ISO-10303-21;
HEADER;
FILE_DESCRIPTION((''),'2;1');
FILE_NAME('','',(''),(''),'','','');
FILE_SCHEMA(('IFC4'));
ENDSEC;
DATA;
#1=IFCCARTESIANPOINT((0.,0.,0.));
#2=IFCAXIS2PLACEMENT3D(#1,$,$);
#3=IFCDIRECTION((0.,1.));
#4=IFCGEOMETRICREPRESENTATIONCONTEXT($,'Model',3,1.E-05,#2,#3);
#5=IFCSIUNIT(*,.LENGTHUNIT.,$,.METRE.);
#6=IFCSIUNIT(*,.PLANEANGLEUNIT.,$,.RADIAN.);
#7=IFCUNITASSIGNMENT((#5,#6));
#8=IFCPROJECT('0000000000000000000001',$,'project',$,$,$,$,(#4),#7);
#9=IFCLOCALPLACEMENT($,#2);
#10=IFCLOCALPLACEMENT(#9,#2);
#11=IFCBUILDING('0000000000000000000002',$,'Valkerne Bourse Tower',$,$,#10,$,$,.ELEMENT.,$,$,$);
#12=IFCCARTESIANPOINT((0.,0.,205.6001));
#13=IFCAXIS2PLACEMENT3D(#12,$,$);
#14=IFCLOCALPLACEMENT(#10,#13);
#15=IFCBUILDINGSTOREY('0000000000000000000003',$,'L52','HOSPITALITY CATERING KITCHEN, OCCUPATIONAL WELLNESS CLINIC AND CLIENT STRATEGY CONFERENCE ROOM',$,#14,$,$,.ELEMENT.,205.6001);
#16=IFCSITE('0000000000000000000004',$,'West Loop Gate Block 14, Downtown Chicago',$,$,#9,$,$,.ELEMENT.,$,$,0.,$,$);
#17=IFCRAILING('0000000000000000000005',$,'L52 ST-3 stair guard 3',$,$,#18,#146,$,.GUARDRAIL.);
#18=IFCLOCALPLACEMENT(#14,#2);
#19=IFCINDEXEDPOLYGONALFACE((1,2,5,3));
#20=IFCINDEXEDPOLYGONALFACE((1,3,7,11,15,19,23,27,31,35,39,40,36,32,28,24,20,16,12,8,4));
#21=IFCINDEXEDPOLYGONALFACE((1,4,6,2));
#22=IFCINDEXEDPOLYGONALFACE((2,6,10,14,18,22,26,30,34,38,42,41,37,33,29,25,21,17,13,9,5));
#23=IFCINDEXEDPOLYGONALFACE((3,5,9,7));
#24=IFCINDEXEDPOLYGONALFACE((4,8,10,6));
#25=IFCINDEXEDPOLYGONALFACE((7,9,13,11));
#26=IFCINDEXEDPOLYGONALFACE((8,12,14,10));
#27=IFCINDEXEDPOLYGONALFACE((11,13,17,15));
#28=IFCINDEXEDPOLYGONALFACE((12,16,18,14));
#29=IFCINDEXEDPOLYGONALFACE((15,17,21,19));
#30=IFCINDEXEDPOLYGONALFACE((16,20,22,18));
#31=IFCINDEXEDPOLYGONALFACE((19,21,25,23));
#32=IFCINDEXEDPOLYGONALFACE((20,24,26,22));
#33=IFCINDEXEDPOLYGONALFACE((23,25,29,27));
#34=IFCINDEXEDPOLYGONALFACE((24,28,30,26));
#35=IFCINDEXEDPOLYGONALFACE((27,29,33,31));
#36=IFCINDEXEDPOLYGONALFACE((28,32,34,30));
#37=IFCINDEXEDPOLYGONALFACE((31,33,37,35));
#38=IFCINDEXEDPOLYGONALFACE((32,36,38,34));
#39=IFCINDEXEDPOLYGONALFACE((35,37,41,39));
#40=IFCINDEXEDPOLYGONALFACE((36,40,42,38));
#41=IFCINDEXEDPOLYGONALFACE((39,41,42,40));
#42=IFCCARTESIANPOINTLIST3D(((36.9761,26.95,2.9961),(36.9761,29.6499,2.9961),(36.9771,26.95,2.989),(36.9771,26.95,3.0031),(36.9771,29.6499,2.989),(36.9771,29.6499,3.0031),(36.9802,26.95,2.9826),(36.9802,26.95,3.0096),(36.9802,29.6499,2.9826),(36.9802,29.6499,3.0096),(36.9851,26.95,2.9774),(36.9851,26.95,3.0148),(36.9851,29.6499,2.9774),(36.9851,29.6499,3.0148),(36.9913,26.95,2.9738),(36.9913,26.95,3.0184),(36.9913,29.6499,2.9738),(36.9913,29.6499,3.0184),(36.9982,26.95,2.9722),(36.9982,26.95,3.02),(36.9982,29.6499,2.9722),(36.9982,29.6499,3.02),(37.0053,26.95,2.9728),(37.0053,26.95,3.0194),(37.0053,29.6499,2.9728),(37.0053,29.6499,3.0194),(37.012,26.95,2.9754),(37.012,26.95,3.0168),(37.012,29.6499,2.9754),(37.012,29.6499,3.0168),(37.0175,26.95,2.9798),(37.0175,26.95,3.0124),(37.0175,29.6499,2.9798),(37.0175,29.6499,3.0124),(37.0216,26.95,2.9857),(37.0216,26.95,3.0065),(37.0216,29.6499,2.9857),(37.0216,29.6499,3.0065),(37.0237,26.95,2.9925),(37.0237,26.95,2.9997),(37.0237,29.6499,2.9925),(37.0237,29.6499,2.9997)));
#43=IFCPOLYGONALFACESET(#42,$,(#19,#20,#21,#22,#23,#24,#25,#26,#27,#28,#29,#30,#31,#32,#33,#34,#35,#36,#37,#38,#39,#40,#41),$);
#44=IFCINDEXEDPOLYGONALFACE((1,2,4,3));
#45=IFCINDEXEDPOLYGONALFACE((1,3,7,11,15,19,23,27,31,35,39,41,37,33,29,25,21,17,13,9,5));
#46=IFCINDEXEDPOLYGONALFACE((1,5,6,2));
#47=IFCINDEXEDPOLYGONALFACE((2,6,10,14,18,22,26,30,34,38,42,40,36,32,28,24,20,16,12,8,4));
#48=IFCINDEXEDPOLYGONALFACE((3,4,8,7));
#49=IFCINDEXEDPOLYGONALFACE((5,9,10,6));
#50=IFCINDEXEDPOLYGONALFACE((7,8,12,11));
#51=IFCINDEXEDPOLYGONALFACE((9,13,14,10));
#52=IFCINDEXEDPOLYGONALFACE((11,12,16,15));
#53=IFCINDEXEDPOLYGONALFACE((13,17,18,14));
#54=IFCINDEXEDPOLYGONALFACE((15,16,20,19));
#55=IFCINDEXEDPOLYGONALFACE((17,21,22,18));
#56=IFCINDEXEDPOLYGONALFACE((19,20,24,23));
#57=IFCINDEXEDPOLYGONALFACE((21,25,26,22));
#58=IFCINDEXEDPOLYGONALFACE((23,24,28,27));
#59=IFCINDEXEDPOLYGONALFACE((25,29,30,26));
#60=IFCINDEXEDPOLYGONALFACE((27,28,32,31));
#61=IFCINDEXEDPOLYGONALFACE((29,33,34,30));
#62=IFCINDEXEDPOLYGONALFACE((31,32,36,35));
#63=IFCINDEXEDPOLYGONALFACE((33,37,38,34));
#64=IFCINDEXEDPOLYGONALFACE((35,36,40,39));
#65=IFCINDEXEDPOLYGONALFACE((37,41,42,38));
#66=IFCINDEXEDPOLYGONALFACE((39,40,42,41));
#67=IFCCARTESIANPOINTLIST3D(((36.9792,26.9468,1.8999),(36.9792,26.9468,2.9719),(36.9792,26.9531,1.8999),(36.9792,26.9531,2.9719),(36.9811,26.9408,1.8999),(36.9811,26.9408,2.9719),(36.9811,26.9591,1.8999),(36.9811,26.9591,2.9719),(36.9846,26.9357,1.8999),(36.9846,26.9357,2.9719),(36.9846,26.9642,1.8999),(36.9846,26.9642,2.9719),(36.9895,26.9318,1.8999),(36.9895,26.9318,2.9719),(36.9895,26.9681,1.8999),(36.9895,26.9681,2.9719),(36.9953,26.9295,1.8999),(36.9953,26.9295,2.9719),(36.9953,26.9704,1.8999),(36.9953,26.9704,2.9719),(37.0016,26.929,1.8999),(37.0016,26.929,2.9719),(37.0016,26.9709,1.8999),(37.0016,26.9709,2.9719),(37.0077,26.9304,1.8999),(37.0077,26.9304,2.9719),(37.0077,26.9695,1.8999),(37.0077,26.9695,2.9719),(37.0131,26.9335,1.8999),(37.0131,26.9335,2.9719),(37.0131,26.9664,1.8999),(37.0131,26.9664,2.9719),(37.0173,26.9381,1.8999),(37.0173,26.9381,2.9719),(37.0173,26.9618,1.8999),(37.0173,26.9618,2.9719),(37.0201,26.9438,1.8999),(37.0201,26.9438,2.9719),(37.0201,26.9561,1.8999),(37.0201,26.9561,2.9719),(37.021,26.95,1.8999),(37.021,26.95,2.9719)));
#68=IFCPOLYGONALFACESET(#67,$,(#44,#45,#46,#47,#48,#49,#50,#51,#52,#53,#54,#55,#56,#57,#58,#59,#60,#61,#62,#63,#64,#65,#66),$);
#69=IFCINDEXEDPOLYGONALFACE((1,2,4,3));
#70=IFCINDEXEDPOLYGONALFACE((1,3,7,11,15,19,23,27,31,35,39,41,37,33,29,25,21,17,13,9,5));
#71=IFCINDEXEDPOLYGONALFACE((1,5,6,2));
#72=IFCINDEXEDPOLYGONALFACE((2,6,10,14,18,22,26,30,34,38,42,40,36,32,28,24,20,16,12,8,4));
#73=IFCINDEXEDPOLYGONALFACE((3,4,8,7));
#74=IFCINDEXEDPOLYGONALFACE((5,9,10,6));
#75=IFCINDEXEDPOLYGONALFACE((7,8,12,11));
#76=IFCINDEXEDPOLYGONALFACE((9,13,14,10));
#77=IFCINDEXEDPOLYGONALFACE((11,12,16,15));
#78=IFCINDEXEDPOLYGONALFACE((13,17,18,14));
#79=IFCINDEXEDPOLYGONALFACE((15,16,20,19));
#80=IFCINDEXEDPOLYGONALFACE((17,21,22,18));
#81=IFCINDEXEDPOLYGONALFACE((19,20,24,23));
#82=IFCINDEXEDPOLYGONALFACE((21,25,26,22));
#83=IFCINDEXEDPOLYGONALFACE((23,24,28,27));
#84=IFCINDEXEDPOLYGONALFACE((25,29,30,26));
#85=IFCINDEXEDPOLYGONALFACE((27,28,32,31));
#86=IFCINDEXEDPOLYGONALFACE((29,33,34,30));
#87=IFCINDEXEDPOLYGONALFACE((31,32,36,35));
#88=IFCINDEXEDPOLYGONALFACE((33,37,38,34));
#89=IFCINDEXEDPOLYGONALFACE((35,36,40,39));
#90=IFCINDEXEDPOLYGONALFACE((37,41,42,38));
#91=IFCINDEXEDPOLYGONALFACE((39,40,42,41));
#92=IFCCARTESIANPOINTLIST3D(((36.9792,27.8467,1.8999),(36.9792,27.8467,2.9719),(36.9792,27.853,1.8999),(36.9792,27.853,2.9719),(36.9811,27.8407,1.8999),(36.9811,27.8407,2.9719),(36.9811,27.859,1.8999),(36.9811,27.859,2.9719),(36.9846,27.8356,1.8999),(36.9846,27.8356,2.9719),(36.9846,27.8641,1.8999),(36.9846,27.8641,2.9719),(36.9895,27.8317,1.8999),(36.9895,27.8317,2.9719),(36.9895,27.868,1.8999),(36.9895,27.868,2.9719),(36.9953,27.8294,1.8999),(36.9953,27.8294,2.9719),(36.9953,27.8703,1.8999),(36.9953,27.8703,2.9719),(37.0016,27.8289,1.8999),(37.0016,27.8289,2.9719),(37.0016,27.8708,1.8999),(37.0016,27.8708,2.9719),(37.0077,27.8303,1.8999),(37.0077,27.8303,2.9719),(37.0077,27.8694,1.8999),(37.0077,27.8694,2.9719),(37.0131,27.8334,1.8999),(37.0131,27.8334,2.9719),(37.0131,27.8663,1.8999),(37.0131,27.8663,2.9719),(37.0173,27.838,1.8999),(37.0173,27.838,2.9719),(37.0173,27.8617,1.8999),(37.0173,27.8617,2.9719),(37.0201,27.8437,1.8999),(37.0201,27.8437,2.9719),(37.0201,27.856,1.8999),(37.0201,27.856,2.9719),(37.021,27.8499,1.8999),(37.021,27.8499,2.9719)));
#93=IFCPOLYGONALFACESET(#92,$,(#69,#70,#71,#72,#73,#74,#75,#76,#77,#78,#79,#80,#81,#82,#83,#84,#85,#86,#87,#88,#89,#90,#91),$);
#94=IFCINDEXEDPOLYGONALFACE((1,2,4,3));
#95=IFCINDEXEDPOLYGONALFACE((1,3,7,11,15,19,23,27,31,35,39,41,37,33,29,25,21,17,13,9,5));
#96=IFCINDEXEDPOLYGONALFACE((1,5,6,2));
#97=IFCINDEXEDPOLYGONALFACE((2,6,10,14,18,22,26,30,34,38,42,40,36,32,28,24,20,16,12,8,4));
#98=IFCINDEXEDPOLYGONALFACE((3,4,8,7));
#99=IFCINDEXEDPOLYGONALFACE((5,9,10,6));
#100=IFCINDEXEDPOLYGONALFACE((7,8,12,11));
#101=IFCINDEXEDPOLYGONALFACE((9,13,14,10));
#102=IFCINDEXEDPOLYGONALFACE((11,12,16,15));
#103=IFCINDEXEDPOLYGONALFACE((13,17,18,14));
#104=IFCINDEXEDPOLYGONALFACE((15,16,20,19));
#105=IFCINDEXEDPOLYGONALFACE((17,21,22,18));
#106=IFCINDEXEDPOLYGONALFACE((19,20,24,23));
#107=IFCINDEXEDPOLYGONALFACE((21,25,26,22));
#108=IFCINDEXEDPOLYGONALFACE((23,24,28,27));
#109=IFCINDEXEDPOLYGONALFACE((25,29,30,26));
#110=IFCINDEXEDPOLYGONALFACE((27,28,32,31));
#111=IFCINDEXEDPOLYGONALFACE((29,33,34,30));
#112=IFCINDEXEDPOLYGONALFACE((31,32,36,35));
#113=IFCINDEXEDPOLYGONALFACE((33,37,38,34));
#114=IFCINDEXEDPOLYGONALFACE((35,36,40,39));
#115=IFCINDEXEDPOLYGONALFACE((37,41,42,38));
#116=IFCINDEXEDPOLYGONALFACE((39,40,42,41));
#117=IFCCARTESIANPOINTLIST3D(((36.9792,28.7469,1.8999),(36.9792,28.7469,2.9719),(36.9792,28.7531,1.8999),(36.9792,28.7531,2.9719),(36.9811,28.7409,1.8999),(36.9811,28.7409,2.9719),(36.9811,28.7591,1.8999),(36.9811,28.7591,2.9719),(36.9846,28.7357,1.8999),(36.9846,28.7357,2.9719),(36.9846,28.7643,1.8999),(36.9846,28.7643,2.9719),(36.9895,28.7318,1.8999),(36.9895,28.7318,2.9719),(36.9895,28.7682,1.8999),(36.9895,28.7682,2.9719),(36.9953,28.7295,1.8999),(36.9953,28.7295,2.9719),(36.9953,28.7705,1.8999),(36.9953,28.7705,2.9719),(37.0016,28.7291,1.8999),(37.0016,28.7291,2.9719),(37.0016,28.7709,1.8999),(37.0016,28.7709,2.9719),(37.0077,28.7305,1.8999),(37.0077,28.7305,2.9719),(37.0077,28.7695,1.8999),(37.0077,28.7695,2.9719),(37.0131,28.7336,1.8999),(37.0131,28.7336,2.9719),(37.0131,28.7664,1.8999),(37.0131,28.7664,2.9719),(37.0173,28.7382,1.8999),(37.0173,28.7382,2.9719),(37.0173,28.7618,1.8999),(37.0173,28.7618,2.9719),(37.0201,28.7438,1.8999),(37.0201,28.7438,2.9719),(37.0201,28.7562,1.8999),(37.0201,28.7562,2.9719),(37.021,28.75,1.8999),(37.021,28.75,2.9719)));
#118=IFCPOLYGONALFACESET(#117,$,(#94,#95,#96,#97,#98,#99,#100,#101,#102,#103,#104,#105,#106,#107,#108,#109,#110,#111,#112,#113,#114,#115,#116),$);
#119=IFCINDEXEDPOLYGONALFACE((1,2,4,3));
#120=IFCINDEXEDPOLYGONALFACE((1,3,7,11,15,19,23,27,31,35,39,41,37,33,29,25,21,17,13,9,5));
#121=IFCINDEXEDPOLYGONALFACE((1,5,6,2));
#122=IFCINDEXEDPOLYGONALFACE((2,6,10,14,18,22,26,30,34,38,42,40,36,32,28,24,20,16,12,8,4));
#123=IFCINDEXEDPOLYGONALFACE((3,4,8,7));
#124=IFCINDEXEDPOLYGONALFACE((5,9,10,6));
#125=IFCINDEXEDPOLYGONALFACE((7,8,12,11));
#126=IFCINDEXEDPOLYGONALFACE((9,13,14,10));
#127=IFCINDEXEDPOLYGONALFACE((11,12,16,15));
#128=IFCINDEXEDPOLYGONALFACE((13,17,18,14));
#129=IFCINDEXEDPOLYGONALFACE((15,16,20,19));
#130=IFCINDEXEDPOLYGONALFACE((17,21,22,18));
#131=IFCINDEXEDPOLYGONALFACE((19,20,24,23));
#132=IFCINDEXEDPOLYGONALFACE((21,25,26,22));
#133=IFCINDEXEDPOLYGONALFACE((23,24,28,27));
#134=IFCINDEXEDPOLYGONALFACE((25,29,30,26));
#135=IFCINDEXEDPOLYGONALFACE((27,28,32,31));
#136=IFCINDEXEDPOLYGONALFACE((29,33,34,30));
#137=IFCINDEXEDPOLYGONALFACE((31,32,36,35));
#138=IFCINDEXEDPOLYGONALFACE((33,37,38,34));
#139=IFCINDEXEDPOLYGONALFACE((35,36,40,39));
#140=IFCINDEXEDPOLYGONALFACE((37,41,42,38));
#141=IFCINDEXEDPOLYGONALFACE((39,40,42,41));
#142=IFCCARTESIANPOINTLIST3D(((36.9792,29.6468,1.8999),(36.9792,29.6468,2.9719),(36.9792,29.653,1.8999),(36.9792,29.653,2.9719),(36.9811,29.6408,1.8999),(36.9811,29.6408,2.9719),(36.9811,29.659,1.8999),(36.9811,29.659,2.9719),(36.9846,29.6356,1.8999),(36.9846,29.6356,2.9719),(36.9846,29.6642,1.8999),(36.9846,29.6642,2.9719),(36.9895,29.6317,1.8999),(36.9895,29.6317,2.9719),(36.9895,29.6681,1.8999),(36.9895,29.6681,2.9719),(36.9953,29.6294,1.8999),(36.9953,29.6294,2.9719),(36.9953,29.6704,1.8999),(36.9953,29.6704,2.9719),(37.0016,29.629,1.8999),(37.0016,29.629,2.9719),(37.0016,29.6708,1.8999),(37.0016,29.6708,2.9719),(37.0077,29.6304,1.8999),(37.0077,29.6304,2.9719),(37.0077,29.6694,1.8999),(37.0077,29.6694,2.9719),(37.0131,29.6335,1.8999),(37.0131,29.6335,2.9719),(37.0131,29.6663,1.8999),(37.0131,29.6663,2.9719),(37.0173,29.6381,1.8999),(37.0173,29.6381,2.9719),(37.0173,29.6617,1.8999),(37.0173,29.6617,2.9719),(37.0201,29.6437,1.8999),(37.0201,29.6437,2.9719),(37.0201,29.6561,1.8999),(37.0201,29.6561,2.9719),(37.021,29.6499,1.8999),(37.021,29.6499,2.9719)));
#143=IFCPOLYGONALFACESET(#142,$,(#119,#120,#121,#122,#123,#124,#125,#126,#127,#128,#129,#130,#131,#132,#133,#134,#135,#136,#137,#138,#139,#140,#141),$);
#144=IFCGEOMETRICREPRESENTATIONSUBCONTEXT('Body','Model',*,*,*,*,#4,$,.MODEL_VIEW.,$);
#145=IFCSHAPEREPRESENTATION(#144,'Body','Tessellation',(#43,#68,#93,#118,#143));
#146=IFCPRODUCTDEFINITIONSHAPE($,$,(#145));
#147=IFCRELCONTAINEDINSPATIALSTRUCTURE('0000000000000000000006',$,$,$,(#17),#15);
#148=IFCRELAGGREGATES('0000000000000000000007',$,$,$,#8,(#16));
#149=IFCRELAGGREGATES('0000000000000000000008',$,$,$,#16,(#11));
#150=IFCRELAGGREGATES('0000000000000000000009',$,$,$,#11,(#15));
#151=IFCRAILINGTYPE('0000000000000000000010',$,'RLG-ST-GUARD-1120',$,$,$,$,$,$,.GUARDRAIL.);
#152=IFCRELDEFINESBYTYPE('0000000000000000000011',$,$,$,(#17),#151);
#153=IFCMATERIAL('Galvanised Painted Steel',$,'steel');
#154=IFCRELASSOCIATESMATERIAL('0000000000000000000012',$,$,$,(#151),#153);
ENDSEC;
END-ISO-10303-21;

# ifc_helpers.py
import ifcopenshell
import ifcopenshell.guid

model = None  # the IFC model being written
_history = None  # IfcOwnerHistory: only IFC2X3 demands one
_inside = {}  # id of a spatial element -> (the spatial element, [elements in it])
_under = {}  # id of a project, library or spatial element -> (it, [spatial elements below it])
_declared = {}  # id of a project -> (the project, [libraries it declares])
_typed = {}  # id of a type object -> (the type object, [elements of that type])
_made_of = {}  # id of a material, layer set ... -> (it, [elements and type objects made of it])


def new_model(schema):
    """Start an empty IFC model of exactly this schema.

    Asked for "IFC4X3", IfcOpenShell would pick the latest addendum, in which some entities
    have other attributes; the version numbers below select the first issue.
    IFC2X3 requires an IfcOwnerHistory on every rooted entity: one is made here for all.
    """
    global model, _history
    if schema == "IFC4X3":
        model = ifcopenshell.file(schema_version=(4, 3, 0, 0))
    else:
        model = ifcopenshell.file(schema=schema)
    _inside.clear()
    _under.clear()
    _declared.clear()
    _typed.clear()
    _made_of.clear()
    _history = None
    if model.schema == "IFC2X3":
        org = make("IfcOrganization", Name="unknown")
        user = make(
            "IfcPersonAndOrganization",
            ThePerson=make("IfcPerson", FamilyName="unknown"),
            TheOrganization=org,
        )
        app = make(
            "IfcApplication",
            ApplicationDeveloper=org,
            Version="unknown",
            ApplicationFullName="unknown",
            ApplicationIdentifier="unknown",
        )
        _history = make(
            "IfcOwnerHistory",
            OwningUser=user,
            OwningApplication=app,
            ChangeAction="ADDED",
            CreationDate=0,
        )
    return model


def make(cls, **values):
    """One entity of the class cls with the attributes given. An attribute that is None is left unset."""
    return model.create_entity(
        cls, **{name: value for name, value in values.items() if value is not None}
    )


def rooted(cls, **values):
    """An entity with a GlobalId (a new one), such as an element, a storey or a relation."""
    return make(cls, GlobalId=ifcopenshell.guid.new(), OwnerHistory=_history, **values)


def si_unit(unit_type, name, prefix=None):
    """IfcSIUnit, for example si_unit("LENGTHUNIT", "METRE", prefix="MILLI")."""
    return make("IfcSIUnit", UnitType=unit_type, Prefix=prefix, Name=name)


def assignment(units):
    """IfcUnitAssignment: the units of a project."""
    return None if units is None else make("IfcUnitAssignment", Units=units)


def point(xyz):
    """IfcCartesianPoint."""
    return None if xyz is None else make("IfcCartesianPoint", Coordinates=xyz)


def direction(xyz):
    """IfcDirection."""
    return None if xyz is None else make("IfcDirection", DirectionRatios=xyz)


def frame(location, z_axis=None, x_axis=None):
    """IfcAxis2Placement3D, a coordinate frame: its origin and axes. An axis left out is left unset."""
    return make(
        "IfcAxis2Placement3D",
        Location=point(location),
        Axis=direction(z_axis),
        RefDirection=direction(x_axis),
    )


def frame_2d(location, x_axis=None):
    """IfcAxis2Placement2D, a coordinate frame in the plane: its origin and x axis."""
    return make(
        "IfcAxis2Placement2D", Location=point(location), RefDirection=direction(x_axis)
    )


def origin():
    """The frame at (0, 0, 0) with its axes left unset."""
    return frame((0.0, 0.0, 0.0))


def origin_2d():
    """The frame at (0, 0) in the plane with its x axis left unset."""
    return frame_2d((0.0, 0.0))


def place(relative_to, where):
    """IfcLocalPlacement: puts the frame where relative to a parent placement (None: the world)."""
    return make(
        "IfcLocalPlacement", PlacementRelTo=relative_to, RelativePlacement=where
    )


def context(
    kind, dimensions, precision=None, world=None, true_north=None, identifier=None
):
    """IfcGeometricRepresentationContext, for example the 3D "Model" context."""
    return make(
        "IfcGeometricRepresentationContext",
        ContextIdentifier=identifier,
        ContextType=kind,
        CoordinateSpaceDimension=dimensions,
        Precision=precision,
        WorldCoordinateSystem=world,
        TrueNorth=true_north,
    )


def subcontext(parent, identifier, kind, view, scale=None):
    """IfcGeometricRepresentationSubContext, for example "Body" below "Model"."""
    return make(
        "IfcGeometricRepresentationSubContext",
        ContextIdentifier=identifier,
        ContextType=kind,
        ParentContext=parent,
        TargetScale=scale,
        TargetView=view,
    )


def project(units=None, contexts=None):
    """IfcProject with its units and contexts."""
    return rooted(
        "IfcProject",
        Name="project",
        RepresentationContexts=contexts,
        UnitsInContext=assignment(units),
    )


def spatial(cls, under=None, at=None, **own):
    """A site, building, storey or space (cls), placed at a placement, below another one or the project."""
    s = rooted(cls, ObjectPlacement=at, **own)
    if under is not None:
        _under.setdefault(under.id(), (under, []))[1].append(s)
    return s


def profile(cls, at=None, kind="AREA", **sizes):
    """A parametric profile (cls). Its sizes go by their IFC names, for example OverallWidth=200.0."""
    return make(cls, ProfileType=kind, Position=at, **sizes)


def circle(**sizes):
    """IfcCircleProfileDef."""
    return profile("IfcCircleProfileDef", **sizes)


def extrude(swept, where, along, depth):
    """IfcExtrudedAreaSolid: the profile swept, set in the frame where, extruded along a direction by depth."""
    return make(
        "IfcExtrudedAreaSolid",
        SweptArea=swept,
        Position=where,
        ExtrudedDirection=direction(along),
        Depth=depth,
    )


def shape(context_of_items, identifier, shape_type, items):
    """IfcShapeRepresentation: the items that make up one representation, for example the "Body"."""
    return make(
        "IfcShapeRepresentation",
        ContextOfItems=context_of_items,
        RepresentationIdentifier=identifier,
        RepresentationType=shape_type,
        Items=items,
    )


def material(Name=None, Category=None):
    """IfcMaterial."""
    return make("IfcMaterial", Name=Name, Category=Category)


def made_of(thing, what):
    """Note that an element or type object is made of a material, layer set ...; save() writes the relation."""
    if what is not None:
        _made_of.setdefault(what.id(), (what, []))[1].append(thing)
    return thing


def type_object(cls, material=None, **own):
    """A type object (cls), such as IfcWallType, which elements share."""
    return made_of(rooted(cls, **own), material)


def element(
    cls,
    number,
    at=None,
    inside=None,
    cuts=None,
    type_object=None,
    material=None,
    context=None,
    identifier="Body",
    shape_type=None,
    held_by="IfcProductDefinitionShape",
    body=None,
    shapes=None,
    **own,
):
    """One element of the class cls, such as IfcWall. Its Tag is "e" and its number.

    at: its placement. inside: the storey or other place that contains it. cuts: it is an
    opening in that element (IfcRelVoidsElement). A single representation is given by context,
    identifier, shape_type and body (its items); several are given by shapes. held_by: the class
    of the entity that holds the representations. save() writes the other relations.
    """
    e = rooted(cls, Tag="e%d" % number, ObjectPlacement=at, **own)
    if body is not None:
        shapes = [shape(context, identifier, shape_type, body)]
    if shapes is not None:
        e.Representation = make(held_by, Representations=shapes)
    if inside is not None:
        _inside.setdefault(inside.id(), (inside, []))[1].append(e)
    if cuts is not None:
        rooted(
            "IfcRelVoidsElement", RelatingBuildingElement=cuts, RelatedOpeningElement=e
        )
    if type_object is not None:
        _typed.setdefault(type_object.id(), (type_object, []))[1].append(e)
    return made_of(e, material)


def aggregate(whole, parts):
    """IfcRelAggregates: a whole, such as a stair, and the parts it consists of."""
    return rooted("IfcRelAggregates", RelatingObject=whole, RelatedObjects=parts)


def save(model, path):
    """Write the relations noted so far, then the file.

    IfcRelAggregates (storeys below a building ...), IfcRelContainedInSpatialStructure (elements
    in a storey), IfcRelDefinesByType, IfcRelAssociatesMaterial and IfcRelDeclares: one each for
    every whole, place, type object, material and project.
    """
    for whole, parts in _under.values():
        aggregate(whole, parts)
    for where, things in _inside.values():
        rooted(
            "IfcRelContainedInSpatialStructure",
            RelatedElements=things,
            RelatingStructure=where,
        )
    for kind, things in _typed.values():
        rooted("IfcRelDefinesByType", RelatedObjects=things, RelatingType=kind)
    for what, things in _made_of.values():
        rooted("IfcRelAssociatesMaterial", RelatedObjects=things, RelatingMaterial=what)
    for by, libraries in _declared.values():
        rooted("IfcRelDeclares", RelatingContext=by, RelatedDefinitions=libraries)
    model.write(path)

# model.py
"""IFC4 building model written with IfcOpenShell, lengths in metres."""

from ifc_helpers import new_model, si_unit, direction, frame, origin, origin_2d, place, context, subcontext, project, spatial, circle, extrude, material, type_object, element, save


model = new_model("IFC4")

# Units and contexts
model_context = context("Model", 3, precision=1e-05, world=origin(), true_north=direction((0.0, 1.0)))
body_context = subcontext(model_context, "Body", "Model", "MODEL_VIEW")
ifc_project = project(units=[si_unit("LENGTHUNIT", "METRE"), si_unit("PLANEANGLEUNIT", "RADIAN")], contexts=[model_context])

# Site, building, storey
site_placement = place(None, origin())
site = spatial("IfcSite", under=ifc_project, at=site_placement, Name="West Loop Gate Block 14, Downtown Chicago", CompositionType="ELEMENT", RefElevation=0.0)
building_placement = place(site_placement, origin())
building = spatial("IfcBuilding", under=site, at=building_placement, Name="Valkerne Bourse Tower", CompositionType="ELEMENT")
storey_placement = place(building_placement, frame((0.0, 0.0, 205.6001)))
storey = spatial("IfcBuildingStorey", under=building, at=storey_placement, Name="L52", Description="HOSPITALITY CATERING KITCHEN, OCCUPATIONAL WELLNESS CLINIC AND CLIENT STRATEGY CONFERENCE ROOM", CompositionType="ELEMENT", Elevation=205.6001)

# Railing
ifc_material_1 = material(Name="Galvanised Painted Steel", Category="steel")
railing_type_1 = type_object("IfcRailingType", Name="RLG-ST-GUARD-1120", PredefinedType="GUARDRAIL", material=ifc_material_1)
for number, where, name in (
    (1, (37.0, 26.95, 1.8999), "L52 ST-3 stair guard 3"),
):
    element("IfcRailing", number, at=place(storey_placement, frame(where)), inside=storey, type_object=railing_type_1, Name=name, PredefinedType="GUARDRAIL", context=body_context, shape_type="SweptSolid", body=[
        extrude(circle(Radius=0.0239, at=origin_2d()), frame((0.0, 0.0, 1.0962), z_axis=(0.0, 1.0, 0.0), x_axis=(-1.0, 0.0, 0.0)), (0.0, 0.0, 1.0), 2.7),
        extrude(circle(Radius=0.021, at=origin_2d()), origin(), (0.0, 0.0, 1.0), 1.072),
        extrude(circle(Radius=0.021, at=origin_2d()), frame((0.0, 0.8999, 0.0)), (0.0, 0.0, 1.0), 1.072),
        extrude(circle(Radius=0.021, at=origin_2d()), frame((0.0, 1.8, 0.0)), (0.0, 0.0, 1.0), 1.072),
        extrude(circle(Radius=0.021, at=origin_2d()), frame((0.0, 2.7, 0.0)), (0.0, 0.0, 1.0), 1.072),
    ])

save(model, "model.ifc")
